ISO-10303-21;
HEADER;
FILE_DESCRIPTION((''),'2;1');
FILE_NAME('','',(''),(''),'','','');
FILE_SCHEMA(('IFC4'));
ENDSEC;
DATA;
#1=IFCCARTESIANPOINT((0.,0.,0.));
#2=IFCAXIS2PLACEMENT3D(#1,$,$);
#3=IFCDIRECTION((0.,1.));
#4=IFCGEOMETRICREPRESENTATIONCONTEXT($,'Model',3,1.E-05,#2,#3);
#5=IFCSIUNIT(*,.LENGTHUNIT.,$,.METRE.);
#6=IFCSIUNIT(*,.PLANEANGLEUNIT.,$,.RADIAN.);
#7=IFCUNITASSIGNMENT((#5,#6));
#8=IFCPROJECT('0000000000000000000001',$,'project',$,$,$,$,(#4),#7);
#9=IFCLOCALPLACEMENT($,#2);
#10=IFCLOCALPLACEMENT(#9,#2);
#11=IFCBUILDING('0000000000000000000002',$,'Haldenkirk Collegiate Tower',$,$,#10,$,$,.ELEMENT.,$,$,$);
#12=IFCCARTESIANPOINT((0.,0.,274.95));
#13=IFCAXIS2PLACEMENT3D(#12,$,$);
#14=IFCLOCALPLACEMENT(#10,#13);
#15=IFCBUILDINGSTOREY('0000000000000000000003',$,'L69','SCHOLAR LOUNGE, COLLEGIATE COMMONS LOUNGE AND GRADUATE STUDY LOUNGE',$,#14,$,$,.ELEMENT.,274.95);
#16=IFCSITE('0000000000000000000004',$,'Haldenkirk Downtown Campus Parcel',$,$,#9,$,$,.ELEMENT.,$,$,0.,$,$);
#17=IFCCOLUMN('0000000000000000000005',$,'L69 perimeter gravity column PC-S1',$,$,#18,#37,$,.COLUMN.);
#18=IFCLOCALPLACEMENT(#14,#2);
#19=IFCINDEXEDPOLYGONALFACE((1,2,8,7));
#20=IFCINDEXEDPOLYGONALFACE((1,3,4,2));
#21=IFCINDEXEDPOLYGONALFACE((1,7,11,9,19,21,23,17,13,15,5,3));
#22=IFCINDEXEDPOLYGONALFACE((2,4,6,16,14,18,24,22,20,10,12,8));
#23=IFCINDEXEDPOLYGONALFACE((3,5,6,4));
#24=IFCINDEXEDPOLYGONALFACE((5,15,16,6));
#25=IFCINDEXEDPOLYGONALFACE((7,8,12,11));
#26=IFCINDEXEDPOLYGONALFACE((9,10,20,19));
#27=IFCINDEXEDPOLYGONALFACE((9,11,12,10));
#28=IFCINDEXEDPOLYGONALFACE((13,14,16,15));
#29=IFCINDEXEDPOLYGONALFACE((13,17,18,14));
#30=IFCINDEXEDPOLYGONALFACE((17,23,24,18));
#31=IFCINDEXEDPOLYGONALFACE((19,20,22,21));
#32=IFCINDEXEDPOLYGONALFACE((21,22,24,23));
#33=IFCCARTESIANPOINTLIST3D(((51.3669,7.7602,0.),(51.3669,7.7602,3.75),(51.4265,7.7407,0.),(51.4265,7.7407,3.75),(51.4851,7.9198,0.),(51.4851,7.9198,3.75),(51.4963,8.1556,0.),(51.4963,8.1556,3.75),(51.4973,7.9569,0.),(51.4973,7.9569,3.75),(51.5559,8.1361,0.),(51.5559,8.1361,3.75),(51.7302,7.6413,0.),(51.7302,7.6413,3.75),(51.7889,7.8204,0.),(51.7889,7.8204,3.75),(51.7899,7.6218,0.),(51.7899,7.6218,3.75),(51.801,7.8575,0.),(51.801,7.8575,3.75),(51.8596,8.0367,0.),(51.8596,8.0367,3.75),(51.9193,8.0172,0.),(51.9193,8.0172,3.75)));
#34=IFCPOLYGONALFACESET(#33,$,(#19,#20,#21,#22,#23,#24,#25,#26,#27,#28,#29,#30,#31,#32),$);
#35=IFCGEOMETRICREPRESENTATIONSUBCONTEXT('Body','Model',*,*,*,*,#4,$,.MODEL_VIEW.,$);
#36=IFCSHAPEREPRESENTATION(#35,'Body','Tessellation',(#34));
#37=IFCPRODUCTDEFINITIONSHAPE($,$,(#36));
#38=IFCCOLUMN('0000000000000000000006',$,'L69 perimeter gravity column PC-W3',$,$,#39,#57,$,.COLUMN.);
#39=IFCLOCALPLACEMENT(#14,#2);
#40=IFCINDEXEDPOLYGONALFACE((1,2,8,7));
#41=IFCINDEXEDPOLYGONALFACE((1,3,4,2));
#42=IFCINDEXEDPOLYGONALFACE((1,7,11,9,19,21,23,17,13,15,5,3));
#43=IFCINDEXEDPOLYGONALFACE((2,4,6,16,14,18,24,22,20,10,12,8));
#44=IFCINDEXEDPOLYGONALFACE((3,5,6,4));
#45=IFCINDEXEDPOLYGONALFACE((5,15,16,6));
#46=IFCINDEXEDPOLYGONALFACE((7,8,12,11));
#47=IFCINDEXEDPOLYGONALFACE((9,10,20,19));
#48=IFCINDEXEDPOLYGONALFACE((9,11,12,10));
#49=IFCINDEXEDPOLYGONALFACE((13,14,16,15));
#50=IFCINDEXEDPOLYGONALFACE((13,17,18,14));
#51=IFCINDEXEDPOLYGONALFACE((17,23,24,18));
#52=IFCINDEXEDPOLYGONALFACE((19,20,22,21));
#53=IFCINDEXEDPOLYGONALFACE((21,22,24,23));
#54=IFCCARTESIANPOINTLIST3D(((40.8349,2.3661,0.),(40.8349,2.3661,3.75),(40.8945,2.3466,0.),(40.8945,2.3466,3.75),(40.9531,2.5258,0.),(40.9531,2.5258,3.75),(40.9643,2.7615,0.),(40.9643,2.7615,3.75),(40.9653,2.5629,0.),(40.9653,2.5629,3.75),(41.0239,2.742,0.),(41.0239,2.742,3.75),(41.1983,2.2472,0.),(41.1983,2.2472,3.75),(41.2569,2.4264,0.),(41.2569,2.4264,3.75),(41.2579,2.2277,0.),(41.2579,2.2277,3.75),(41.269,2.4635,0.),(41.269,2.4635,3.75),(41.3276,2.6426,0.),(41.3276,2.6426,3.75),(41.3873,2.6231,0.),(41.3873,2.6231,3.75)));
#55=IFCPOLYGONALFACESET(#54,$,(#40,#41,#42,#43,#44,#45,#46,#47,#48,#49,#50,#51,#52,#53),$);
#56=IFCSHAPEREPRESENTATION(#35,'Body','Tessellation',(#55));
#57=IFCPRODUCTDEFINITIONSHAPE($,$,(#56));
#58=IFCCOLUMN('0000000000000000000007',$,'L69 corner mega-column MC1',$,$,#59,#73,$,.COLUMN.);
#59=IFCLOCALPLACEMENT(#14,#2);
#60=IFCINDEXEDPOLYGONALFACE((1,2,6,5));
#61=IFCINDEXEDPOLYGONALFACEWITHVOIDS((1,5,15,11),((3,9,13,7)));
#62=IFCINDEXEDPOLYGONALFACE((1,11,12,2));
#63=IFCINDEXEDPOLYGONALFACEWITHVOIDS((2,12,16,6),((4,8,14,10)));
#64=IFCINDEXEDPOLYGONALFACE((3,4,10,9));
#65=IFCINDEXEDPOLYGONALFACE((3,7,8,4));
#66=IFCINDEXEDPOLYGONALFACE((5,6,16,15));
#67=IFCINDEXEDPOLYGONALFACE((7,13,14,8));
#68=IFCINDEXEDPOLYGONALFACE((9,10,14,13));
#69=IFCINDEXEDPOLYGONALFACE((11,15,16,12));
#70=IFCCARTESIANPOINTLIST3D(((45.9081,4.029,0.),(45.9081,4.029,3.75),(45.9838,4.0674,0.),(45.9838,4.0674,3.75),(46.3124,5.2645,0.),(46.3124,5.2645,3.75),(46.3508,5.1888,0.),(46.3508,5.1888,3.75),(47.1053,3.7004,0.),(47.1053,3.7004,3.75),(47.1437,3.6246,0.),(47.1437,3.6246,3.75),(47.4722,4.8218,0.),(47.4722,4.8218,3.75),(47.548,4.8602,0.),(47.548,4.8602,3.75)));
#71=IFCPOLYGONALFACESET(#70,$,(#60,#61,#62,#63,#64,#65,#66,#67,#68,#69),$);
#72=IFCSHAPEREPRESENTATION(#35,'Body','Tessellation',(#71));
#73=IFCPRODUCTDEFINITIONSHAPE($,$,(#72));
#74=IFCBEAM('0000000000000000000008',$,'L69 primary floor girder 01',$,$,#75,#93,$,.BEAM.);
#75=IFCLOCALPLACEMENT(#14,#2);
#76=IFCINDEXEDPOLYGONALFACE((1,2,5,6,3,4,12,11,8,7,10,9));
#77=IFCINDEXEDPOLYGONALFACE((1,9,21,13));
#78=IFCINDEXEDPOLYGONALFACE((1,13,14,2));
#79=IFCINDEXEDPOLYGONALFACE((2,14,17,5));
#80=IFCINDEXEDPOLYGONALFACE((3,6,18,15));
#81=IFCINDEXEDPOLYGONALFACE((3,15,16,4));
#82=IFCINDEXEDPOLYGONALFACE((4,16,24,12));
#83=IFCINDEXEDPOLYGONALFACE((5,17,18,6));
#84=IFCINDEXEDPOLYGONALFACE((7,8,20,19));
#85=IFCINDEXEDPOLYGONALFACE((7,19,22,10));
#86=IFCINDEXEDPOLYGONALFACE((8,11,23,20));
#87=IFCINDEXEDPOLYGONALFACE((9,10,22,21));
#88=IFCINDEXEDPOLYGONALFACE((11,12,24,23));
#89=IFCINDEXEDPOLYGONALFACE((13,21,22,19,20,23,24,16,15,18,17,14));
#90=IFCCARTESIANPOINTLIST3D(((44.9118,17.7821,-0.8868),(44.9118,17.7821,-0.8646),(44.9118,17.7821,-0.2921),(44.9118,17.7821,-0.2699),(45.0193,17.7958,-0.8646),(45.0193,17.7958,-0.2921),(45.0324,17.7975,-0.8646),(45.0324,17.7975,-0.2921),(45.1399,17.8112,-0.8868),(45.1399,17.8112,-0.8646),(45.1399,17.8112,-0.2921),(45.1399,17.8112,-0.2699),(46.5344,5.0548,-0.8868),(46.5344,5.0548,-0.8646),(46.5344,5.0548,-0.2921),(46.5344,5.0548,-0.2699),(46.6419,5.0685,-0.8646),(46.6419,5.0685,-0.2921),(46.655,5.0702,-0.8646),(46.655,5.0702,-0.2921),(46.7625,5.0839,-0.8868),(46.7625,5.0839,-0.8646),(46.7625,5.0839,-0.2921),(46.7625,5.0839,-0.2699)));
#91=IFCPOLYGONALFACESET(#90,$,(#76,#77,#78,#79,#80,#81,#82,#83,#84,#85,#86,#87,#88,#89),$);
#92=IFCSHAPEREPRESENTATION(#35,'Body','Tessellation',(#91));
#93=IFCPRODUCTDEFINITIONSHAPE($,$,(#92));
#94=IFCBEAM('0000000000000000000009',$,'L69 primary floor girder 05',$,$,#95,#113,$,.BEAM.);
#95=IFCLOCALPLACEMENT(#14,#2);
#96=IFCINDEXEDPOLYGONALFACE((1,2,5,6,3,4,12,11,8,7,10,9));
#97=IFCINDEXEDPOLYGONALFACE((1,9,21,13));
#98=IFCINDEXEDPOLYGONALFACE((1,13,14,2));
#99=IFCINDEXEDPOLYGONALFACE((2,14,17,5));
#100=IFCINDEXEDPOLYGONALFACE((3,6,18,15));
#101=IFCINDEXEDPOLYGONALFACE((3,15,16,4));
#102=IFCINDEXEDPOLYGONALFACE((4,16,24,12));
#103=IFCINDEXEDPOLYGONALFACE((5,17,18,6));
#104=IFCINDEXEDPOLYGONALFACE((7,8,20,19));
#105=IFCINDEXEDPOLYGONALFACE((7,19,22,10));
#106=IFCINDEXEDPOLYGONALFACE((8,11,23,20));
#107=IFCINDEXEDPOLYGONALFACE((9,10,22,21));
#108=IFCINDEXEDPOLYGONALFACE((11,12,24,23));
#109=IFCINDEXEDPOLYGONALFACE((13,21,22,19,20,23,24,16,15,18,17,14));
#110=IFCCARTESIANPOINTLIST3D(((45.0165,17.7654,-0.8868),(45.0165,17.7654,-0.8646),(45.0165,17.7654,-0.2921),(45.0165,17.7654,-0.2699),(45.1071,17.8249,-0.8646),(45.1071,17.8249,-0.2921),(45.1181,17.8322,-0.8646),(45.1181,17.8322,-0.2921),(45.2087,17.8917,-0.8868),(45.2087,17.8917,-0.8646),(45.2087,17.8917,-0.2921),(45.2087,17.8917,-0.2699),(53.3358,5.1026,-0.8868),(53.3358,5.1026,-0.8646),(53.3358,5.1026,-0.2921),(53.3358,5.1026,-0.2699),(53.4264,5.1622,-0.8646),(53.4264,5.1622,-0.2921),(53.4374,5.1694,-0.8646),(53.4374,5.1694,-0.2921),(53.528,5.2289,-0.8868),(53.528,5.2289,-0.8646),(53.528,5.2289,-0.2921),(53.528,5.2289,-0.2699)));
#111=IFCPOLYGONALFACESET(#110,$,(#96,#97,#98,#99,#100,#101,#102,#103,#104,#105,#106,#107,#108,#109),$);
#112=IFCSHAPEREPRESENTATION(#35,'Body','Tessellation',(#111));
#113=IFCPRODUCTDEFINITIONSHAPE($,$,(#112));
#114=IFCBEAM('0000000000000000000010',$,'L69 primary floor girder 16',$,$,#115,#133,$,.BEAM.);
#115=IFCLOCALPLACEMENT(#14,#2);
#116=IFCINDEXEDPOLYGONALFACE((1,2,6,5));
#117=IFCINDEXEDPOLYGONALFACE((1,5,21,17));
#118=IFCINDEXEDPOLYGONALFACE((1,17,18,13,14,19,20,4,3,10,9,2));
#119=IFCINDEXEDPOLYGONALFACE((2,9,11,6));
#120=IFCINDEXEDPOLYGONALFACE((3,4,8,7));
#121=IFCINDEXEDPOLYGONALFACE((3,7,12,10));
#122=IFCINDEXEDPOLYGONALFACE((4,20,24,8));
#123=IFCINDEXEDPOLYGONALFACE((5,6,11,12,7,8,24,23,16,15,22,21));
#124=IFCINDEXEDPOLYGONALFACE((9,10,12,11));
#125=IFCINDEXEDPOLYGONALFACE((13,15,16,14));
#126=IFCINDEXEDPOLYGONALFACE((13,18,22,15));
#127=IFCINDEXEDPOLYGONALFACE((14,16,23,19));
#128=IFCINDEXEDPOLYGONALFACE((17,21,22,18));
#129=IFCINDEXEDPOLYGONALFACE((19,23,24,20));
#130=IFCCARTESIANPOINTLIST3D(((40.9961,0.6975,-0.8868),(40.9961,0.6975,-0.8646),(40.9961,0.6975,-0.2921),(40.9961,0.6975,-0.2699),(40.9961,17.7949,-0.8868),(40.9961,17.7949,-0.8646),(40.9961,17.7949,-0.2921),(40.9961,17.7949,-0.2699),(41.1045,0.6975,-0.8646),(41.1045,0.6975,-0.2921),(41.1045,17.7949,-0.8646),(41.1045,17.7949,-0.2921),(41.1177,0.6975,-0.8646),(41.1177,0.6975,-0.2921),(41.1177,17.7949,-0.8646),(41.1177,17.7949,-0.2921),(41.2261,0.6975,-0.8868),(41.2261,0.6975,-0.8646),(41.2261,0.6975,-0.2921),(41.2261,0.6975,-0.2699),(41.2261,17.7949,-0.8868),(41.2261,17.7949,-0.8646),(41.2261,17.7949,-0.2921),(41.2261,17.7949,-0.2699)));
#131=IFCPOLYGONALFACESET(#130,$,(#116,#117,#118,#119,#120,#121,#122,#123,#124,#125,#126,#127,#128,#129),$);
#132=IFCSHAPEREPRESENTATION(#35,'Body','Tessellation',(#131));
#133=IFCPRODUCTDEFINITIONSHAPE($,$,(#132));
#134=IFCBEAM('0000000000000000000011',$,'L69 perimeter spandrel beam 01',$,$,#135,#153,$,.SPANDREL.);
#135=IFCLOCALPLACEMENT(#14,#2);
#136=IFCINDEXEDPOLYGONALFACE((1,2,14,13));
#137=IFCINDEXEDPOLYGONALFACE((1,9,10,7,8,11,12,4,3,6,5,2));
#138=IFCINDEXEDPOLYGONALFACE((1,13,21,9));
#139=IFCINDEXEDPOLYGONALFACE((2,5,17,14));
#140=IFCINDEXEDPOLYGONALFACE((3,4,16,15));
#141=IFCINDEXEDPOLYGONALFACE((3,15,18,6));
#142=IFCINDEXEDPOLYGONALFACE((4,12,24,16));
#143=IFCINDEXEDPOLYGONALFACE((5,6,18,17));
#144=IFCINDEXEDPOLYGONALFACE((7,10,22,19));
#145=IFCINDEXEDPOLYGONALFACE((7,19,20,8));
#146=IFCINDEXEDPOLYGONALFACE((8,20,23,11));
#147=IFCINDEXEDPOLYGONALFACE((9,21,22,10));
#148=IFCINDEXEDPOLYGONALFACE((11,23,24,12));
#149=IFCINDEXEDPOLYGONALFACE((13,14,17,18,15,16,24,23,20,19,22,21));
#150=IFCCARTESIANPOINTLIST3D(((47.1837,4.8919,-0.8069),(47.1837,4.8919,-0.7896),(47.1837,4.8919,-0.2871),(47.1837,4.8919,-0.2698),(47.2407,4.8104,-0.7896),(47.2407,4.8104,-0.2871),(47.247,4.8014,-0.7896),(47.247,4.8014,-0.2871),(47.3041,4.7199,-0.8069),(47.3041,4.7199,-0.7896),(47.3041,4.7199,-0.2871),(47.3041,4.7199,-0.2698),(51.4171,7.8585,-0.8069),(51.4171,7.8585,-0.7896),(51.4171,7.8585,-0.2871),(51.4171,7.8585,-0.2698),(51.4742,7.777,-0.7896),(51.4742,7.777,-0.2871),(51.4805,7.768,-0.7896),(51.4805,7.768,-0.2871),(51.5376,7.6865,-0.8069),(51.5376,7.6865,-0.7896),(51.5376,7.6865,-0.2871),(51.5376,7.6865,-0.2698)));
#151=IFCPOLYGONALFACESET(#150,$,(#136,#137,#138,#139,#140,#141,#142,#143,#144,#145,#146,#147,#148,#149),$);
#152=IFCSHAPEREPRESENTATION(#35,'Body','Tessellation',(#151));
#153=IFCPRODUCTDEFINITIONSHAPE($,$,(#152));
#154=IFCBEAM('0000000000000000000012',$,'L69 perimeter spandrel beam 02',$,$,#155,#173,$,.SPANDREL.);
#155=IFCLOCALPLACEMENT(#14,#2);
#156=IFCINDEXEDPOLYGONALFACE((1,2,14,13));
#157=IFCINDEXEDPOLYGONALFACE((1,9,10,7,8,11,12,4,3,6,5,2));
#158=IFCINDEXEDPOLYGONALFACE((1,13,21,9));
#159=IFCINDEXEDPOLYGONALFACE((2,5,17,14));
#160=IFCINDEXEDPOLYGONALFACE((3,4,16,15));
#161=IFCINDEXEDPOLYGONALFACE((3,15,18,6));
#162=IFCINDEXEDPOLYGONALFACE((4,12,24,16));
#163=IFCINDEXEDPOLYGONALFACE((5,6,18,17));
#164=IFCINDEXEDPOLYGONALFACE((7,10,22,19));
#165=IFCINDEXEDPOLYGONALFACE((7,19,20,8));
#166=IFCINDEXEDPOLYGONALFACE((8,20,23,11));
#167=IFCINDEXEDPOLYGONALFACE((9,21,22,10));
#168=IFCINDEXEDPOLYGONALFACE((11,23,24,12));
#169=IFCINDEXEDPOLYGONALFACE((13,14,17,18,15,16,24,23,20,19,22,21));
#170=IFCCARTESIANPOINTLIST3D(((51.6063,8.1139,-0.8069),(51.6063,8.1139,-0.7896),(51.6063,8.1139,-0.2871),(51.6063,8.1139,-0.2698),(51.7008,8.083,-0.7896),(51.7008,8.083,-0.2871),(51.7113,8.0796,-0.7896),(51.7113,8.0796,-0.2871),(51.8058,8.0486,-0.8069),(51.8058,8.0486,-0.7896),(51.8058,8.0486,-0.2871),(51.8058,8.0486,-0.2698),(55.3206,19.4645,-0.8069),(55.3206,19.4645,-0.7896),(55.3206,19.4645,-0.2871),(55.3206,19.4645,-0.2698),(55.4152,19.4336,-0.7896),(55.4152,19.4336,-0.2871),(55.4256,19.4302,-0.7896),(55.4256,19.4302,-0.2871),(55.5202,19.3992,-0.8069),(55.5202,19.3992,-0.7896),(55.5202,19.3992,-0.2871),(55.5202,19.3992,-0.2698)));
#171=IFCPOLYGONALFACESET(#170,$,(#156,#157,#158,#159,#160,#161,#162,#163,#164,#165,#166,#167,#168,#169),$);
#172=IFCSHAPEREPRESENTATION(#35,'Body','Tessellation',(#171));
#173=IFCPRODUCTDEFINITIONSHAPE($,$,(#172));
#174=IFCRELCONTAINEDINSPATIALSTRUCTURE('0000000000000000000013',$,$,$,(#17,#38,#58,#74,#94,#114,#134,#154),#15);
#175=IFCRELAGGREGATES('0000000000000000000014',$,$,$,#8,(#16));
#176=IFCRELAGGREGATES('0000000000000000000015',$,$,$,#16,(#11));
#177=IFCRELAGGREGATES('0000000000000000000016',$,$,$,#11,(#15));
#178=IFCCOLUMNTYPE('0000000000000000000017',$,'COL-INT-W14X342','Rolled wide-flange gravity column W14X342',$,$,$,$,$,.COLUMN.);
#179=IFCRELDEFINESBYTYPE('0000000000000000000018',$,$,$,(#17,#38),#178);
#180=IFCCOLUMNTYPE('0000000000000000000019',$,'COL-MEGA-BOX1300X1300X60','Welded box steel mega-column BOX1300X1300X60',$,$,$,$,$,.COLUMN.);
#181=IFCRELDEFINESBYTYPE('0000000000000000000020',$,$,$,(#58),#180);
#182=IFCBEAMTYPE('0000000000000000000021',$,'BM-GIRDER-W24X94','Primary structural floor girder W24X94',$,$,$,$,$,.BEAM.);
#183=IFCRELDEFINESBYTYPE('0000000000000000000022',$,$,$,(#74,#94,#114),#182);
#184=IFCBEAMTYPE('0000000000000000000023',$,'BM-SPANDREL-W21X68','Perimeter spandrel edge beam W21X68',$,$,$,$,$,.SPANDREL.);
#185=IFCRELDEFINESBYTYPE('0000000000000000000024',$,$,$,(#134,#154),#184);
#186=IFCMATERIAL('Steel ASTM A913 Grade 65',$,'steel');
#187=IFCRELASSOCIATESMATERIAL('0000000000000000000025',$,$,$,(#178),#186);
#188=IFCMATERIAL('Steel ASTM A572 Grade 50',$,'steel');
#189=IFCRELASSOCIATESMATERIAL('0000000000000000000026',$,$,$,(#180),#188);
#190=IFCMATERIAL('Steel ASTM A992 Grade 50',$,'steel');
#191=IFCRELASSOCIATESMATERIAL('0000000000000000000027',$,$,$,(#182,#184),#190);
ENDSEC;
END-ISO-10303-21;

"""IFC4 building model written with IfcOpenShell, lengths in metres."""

from ifc_helpers import new_model, si_unit, direction, frame, origin, origin_2d, place, context, subcontext, project, spatial, hollow_rectangle, i_section, extrude, material, material_profile, profile_set, type_object, element, save


model = new_model("IFC4")

# Units and contexts
model_context = context("Model", 3, precision=1e-05, world=origin(), true_north=direction((0.0, 1.0)))
body_context = subcontext(model_context, "Body", "Model", "MODEL_VIEW")
ifc_project = project(units=[si_unit("LENGTHUNIT", "METRE"), si_unit("PLANEANGLEUNIT", "RADIAN")], contexts=[model_context])

# Site, building, storey
site_placement = place(None, origin())
site = spatial("IfcSite", under=ifc_project, at=site_placement, Name="Haldenkirk Downtown Campus Parcel", CompositionType="ELEMENT", RefElevation=0.0)
building_placement = place(site_placement, origin())
building = spatial("IfcBuilding", under=site, at=building_placement, Name="Haldenkirk Collegiate Tower", CompositionType="ELEMENT")
storey_placement = place(building_placement, frame((0.0, 0.0, 274.95)))
storey = spatial("IfcBuildingStorey", under=building, at=storey_placement, Name="L69", Description="SCHOLAR LOUNGE, COLLEGIATE COMMONS LOUNGE AND GRADUATE STUDY LOUNGE", CompositionType="ELEMENT", Elevation=274.95)

# Columns
ifc_material_1 = material(Name="Steel ASTM A913 Grade 65", Category="steel")
ifc_material_profile_1 = material_profile(ifc_material_1, i_section(OverallWidth=0.416, OverallDepth=0.4451, WebThickness=0.0391, FlangeThickness=0.0627, at=origin_2d()), Name="W14X342")
ifc_profile_set_1 = profile_set([ifc_material_profile_1], Name="Steel ASTM A913 Grade 65")
column_type_1 = type_object("IfcColumnType", Name="COL-INT-W14X342", Description="Rolled wide-flange gravity column W14X342", PredefinedType="COLUMN", material=ifc_profile_set_1)
for number, where, z_axis, x_axis, name in (
    (1, (51.6431, 7.8887, 0.0), (0.0, 0.0, 1.0), (0.311008, 0.950407, 0.0), "L69 perimeter gravity column PC-S1"),
    (2, (41.1111, 2.4946, 0.0), (0.0, 0.0, 1.0), (0.311008, 0.950407, 0.0), "L69 perimeter gravity column PC-W3"),
):
    element("IfcColumn", number, at=place(storey_placement, frame(where, z_axis=z_axis, x_axis=x_axis)), inside=storey, type_object=column_type_1, Name=name, PredefinedType="COLUMN", context=body_context, shape_type="SweptSolid", body=[
        extrude(i_section(OverallWidth=0.416, OverallDepth=0.4451, WebThickness=0.0391, FlangeThickness=0.0627, at=origin_2d()), origin(), (0.0, 0.0, 1.0), 3.75),
    ])
ifc_material_2 = material(Name="Steel ASTM A572 Grade 50", Category="steel")
ifc_material_profile_2 = material_profile(ifc_material_2, hollow_rectangle(XDim=1.3, YDim=1.3, WallThickness=0.0601, at=origin_2d()), Name="BOX1300X1300X60")
ifc_profile_set_2 = profile_set([ifc_material_profile_2], Name="Steel ASTM A572 Grade 50")
column_type_2 = type_object("IfcColumnType", Name="COL-MEGA-BOX1300X1300X60", Description="Welded box steel mega-column BOX1300X1300X60", PredefinedType="COLUMN", material=ifc_profile_set_2)
column_placement = place(storey_placement, frame((46.728, 4.4446, 0.0), z_axis=(0.0, 0.0, 1.0), x_axis=(0.311008, 0.950407, 0.0)))
element("IfcColumn", 3, at=column_placement, inside=storey, type_object=column_type_2, Name="L69 corner mega-column MC1", PredefinedType="COLUMN", context=body_context, shape_type="SweptSolid", body=[
    extrude(hollow_rectangle(XDim=1.3, YDim=1.3, WallThickness=0.0601, at=origin_2d()), origin(), (0.0, 0.0, 1.0), 3.75),
])

# Beams
ifc_material_3 = material(Name="Steel ASTM A992 Grade 50", Category="steel")
ifc_material_profile_3 = material_profile(ifc_material_3, i_section(OverallWidth=0.23, OverallDepth=0.6169, WebThickness=0.0132, FlangeThickness=0.0222, at=origin_2d()), Name="W24X94")
ifc_profile_set_3 = profile_set([ifc_material_profile_3], Name="Steel ASTM A992 Grade 50")
beam_type_1 = type_object("IfcBeamType", Name="BM-GIRDER-W24X94", Description="Primary structural floor girder W24X94", PredefinedType="BEAM", material=ifc_profile_set_3)
beam_1_placement = place(storey_placement, frame((46.6484, 5.0693, -0.5784), z_axis=(-0.126463, 0.991971, 0.0), x_axis=(-0.991971, -0.126463, 0.0)))
element("IfcBeam", 4, at=beam_1_placement, inside=storey, type_object=beam_type_1, Name="L69 primary floor girder 01", PredefinedType="BEAM", context=body_context, shape_type="SweptSolid", body=[
    extrude(i_section(OverallWidth=0.23, OverallDepth=0.6169, WebThickness=0.0132, FlangeThickness=0.0222, at=origin_2d()), origin(), (0.0, 0.0, 1.0), 12.8303),
])
beam_2_placement = place(storey_placement, frame((53.4319, 5.1658, -0.5784), z_axis=(-0.549088, 0.835765, 0.0), x_axis=(-0.835765, -0.549088, 0.0)))
element("IfcBeam", 5, at=beam_2_placement, inside=storey, type_object=beam_type_1, Name="L69 primary floor girder 05", PredefinedType="BEAM", context=body_context, shape_type="SweptSolid", body=[
    extrude(i_section(OverallWidth=0.23, OverallDepth=0.6169, WebThickness=0.0132, FlangeThickness=0.0222, at=origin_2d()), origin(), (0.0, 0.0, 1.0), 15.1511),
])
beam_3_placement = place(storey_placement, frame((41.1111, 0.6975, -0.5784), z_axis=(0.0, 1.0, 0.0), x_axis=(-1.0, 0.0, 0.0)))
element("IfcBeam", 6, at=beam_3_placement, inside=storey, type_object=beam_type_1, Name="L69 primary floor girder 16", PredefinedType="BEAM", context=body_context, shape_type="SweptSolid", body=[
    extrude(i_section(OverallWidth=0.23, OverallDepth=0.6169, WebThickness=0.0132, FlangeThickness=0.0222, at=origin_2d()), origin(), (0.0, 0.0, 1.0), 17.0974),
])
ifc_material_profile_4 = material_profile(ifc_material_3, i_section(OverallWidth=0.21, OverallDepth=0.5371, WebThickness=0.011, FlangeThickness=0.0173, at=origin_2d()), Name="W21X68")
ifc_profile_set_4 = profile_set([ifc_material_profile_4], Name="Steel ASTM A992 Grade 50")
beam_type_2 = type_object("IfcBeamType", Name="BM-SPANDREL-W21X68", Description="Perimeter spandrel edge beam W21X68", PredefinedType="SPANDREL", material=ifc_profile_set_4)
beam_4_placement = place(storey_placement, frame((47.2439, 4.8059, -0.5383), z_axis=(0.818943, 0.573874, 0.0), x_axis=(-0.573874, 0.818943, 0.0)))
element("IfcBeam", 7, at=beam_4_placement, inside=storey, type_object=beam_type_2, Name="L69 perimeter spandrel beam 01", PredefinedType="SPANDREL", context=body_context, shape_type="SweptSolid", body=[
    extrude(i_section(OverallWidth=0.21, OverallDepth=0.5371, WebThickness=0.011, FlangeThickness=0.0173, at=origin_2d()), origin(), (0.0, 0.0, 1.0), 5.1694),
])
beam_5_placement = place(storey_placement, frame((51.7061, 8.0813, -0.5383), z_axis=(0.31101, 0.950407, 0.0), x_axis=(-0.950407, 0.31101, 0.0)))
element("IfcBeam", 8, at=beam_5_placement, inside=storey, type_object=beam_type_2, Name="L69 perimeter spandrel beam 02", PredefinedType="SPANDREL", context=body_context, shape_type="SweptSolid", body=[
    extrude(i_section(OverallWidth=0.21, OverallDepth=0.5371, WebThickness=0.011, FlangeThickness=0.0173, at=origin_2d()), origin(), (0.0, 0.0, 1.0), 11.9429),
])

save(model, "model.ifc")
